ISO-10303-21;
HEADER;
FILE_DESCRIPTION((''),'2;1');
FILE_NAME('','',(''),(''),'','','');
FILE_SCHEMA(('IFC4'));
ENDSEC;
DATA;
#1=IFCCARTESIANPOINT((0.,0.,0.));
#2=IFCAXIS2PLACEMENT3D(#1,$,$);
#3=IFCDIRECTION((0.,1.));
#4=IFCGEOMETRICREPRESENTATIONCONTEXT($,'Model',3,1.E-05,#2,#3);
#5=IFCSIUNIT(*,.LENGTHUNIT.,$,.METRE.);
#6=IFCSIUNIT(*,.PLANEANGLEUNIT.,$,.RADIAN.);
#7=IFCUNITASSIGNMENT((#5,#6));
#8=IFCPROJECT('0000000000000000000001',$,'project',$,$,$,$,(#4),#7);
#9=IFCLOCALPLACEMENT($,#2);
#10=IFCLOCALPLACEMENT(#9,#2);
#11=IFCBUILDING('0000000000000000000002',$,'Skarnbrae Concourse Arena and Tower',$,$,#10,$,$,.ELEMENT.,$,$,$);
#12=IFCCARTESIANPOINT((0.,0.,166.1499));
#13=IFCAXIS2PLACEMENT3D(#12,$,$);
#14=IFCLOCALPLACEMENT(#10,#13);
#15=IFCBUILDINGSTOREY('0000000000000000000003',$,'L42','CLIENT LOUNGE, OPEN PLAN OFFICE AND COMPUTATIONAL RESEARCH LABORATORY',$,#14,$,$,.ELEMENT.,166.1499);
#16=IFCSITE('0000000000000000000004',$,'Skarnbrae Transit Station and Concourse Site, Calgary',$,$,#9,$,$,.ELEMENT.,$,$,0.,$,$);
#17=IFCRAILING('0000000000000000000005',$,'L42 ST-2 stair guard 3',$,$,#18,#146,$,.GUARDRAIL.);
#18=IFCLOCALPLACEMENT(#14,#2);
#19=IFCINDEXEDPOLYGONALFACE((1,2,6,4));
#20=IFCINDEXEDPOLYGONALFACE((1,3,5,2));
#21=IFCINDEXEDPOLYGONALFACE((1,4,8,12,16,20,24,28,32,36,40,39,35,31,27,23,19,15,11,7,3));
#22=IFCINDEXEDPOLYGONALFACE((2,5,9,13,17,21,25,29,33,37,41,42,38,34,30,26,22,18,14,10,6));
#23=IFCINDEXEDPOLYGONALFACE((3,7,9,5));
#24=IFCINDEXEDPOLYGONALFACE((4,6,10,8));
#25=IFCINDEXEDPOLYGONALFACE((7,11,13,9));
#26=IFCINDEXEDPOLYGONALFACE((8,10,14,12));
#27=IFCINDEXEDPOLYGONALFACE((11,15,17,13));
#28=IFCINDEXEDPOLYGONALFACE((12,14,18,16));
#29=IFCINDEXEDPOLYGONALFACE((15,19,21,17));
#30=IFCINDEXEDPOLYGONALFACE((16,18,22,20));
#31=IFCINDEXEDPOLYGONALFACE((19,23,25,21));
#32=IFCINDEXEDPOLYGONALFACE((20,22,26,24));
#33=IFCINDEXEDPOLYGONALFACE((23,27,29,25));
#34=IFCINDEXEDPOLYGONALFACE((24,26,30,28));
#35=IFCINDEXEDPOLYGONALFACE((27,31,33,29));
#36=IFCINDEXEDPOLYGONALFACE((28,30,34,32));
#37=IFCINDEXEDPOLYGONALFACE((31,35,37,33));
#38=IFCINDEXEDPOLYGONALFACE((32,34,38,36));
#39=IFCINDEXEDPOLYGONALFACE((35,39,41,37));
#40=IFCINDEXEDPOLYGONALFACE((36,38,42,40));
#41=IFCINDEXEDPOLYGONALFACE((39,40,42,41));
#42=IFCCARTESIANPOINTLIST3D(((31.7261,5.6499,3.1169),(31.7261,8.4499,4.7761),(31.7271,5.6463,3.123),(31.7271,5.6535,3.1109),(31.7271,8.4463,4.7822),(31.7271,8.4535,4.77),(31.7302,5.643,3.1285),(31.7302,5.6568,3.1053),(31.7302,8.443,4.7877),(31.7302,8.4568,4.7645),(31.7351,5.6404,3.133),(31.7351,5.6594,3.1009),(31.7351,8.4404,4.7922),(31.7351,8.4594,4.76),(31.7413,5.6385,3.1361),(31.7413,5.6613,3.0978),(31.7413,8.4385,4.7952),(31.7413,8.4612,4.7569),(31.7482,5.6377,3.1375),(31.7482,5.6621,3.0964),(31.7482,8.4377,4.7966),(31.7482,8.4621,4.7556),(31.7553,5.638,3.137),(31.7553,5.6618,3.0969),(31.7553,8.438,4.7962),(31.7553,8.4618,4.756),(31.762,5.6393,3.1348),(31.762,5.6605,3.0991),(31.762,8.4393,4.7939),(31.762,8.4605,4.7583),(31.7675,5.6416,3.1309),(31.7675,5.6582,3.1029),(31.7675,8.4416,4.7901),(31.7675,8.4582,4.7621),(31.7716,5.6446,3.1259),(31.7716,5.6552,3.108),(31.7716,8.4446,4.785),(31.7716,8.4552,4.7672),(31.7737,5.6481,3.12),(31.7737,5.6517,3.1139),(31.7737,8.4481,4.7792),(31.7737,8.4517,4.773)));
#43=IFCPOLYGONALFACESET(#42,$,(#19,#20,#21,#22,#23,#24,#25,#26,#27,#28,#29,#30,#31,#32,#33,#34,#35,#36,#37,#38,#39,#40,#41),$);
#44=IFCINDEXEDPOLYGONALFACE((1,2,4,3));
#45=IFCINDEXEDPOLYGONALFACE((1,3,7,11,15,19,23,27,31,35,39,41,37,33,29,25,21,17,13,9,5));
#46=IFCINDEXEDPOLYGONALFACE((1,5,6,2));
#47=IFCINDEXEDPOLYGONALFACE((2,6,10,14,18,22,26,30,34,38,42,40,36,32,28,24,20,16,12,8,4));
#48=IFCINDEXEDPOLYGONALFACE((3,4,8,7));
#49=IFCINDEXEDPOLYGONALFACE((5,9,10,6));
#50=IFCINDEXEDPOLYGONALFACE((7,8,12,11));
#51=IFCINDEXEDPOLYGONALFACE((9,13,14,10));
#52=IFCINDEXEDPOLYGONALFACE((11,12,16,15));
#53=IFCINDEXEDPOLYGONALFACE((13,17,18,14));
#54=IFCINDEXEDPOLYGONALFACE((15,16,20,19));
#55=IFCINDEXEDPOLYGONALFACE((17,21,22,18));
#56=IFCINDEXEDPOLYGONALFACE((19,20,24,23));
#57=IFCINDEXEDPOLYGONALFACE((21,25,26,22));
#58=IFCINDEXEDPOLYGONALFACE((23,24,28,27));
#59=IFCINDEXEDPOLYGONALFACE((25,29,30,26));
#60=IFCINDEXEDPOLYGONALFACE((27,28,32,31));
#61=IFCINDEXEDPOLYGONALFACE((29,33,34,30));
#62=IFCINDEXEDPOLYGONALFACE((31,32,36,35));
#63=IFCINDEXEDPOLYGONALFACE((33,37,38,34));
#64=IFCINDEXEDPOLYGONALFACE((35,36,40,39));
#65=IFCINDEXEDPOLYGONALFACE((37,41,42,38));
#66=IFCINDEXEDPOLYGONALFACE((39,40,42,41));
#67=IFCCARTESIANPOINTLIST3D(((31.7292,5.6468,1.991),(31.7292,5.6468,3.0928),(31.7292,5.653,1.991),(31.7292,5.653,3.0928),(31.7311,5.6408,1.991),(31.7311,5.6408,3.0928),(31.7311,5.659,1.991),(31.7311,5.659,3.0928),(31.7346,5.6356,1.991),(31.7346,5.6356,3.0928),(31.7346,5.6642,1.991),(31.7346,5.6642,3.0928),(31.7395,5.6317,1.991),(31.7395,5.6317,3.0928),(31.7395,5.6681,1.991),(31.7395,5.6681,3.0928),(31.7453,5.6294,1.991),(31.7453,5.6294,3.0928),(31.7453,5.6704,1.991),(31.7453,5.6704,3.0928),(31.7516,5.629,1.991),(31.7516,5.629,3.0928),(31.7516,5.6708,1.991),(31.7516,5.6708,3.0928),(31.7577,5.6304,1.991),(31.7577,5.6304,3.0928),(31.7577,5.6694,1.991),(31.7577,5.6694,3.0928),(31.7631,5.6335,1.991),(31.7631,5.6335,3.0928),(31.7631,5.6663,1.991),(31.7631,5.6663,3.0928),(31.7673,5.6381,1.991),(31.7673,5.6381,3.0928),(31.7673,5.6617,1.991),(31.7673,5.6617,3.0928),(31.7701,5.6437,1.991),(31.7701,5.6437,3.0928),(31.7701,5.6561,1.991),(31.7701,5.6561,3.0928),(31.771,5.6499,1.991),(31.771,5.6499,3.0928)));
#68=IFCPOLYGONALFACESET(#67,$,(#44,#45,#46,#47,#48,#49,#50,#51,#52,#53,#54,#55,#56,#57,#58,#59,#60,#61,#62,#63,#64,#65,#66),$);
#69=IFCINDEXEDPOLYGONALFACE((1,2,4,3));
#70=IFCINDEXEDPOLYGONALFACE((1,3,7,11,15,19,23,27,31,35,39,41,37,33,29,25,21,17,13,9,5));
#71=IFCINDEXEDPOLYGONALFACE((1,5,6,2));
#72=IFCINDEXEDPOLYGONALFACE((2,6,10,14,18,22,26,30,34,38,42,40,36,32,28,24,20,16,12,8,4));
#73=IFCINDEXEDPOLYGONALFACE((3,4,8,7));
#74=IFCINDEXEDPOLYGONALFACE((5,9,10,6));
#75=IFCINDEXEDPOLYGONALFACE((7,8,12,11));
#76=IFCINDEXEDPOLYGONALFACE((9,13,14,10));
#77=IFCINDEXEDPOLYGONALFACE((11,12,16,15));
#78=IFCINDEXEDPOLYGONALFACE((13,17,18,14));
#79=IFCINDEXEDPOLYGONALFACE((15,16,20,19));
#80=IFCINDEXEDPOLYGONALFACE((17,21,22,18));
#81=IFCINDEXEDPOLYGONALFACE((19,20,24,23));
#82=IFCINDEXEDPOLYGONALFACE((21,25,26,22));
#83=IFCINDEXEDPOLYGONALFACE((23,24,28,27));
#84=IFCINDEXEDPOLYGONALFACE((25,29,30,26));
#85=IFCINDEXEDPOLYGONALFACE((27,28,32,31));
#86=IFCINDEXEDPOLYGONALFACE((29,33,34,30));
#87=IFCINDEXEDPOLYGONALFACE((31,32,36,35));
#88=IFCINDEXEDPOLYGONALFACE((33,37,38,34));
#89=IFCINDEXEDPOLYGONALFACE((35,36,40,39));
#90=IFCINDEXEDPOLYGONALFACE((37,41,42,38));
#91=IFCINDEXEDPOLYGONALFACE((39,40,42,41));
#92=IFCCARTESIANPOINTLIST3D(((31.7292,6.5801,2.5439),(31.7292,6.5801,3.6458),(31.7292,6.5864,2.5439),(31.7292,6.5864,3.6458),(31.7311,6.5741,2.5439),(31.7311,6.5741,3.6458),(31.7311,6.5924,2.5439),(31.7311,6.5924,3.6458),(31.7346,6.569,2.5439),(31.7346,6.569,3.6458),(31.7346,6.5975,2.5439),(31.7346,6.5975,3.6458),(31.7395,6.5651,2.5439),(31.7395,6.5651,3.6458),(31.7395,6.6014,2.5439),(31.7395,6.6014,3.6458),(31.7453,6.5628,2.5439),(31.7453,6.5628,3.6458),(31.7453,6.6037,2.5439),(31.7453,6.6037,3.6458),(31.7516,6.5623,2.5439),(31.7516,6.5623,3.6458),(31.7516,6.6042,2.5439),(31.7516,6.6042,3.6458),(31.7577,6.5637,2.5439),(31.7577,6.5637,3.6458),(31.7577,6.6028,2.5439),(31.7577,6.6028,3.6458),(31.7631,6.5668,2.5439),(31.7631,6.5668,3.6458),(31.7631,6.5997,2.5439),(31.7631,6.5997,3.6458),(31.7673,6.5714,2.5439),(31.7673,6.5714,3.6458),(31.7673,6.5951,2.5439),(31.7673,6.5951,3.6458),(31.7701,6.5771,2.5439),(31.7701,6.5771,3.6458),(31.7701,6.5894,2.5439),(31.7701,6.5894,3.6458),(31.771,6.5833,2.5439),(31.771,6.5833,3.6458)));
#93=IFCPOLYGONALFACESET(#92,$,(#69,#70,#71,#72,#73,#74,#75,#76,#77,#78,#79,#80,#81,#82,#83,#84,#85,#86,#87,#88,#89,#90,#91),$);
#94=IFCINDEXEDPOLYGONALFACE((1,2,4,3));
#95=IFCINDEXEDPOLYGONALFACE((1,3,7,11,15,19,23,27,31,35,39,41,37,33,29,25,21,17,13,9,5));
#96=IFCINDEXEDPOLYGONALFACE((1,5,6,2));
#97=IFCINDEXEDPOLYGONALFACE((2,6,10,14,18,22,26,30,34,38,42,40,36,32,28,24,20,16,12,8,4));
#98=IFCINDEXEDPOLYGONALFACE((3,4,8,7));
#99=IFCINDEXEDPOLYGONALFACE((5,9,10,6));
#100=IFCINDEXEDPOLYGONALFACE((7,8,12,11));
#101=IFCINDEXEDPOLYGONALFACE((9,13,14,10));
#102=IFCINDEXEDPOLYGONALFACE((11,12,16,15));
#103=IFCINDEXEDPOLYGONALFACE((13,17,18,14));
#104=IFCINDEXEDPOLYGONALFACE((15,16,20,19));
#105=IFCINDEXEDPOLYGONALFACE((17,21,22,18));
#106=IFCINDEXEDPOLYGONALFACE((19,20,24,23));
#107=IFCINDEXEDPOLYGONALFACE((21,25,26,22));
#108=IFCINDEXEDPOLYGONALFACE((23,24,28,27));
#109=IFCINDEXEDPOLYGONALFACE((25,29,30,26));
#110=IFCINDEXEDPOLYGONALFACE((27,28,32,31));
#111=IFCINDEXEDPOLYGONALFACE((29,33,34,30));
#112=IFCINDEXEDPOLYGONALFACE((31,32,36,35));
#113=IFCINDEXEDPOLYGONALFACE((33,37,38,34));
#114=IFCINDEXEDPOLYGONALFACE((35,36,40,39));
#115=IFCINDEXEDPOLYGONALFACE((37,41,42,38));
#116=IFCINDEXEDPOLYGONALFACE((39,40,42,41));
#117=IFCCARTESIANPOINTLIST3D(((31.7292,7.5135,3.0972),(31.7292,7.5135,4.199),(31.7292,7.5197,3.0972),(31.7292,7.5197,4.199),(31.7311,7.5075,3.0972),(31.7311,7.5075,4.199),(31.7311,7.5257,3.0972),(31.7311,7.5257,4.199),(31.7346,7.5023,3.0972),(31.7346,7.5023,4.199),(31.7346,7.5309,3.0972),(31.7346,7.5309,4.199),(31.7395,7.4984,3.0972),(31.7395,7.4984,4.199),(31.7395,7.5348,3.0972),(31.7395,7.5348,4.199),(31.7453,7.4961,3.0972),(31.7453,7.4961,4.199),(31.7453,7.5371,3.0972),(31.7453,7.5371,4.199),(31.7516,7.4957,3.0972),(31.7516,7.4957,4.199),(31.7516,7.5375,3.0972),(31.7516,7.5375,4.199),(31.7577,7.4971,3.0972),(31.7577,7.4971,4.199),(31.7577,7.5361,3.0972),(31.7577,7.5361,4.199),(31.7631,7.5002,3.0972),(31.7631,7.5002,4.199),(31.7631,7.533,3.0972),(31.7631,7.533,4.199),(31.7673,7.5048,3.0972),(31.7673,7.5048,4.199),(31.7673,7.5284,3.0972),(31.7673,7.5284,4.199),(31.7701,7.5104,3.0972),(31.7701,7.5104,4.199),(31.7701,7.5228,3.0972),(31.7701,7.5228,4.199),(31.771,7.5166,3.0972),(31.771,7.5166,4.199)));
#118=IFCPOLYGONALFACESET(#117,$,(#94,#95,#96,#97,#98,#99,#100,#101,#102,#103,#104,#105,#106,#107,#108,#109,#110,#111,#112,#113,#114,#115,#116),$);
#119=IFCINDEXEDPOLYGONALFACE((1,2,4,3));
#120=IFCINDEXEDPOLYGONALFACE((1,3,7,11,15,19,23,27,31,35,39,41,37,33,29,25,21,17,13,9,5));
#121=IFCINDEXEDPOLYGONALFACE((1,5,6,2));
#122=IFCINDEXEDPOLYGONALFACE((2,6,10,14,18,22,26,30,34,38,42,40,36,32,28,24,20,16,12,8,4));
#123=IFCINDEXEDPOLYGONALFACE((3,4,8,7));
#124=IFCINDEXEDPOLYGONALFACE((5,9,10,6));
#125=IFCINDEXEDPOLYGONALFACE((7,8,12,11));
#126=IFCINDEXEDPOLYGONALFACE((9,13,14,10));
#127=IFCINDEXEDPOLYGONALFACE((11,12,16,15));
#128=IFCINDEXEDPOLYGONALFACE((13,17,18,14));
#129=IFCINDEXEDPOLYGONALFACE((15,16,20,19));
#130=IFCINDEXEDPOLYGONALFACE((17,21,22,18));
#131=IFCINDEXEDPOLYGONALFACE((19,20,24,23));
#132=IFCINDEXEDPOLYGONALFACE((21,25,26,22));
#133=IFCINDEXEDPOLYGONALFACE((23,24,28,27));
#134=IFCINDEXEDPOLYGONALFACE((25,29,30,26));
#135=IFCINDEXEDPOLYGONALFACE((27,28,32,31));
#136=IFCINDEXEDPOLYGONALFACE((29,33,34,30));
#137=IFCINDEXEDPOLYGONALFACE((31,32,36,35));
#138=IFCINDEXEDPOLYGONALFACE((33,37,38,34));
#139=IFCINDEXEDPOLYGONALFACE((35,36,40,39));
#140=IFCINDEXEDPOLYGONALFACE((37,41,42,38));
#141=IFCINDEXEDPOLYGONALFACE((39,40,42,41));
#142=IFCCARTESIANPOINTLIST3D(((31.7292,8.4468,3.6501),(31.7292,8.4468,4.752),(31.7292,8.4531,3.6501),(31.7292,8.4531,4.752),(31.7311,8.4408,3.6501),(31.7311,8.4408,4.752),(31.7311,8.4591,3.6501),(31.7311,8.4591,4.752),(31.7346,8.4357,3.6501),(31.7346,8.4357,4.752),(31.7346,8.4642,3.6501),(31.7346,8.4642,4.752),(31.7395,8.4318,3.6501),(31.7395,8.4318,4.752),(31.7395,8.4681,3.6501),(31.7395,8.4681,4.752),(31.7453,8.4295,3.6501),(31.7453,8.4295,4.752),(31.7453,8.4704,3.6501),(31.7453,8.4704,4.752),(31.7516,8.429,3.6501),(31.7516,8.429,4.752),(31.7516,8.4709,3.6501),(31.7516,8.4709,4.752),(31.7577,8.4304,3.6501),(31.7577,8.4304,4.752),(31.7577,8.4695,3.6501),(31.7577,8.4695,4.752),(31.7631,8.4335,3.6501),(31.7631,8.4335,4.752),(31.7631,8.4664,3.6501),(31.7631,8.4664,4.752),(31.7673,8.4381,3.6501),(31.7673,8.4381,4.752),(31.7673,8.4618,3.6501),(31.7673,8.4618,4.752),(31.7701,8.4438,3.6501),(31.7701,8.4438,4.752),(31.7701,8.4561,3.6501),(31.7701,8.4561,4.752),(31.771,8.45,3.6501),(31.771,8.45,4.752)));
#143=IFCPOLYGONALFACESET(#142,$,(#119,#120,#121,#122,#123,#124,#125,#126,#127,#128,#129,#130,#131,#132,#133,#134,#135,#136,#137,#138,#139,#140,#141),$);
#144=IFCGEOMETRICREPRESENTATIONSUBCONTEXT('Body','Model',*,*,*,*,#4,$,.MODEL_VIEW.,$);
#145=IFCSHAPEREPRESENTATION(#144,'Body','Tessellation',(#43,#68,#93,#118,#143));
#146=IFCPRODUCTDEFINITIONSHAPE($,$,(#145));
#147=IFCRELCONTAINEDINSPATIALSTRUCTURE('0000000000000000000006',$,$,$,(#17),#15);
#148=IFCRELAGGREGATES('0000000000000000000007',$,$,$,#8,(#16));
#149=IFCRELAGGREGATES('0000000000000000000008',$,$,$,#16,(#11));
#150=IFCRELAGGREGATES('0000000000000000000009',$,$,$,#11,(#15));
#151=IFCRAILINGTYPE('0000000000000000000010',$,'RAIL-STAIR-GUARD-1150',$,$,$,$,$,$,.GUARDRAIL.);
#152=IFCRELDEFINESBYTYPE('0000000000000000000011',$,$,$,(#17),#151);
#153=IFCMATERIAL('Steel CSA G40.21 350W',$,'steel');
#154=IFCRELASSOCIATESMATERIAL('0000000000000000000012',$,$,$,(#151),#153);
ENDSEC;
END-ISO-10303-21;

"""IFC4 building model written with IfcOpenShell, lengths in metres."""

from ifc_helpers import new_model, si_unit, direction, frame, origin, origin_2d, place, context, subcontext, project, spatial, circle, extrude, material, type_object, element, save


model = new_model("IFC4")

# Units and contexts
model_context = context("Model", 3, precision=1e-05, world=origin(), true_north=direction((0.0, 1.0)))
body_context = subcontext(model_context, "Body", "Model", "MODEL_VIEW")
ifc_project = project(units=[si_unit("LENGTHUNIT", "METRE"), si_unit("PLANEANGLEUNIT", "RADIAN")], contexts=[model_context])

# Site, building, storey
site_placement = place(None, origin())
site = spatial("IfcSite", under=ifc_project, at=site_placement, Name="Skarnbrae Transit Station and Concourse Site, Calgary", CompositionType="ELEMENT", RefElevation=0.0)
building_placement = place(site_placement, origin())
building = spatial("IfcBuilding", under=site, at=building_placement, Name="Skarnbrae Concourse Arena and Tower", CompositionType="ELEMENT")
storey_placement = place(building_placement, frame((0.0, 0.0, 166.1499)))
storey = spatial("IfcBuildingStorey", under=building, at=storey_placement, Name="L42", Description="CLIENT LOUNGE, OPEN PLAN OFFICE AND COMPUTATIONAL RESEARCH LABORATORY", CompositionType="ELEMENT", Elevation=166.1499)

# Shared definitions
ifc_material_1 = material(Name="Steel CSA G40.21 350W", Category="steel")

# Railing
railing_type_1 = type_object("IfcRailingType", Name="RAIL-STAIR-GUARD-1150", PredefinedType="GUARDRAIL", material=ifc_material_1)
railing_1_placement = place(storey_placement, frame((31.75, 5.6499, 1.991)))
element("IfcRailing", 1, at=railing_1_placement, inside=storey, type_object=railing_type_1, Name="L42 ST-2 stair guard 3", PredefinedType="GUARDRAIL", context=body_context, shape_type="SweptSolid", body=[
    extrude(circle(Radius=0.0239, at=origin_2d()), frame((0.0, 0.0, 1.126), z_axis=(0.0, 0.860306, 0.509778), x_axis=(-1.0, 0.0, 0.0)), (0.0, 0.0, 1.0), 3.2546),
    extrude(circle(Radius=0.021, at=origin_2d()), origin(), (0.0, 0.0, 1.0), 1.1018),
    extrude(circle(Radius=0.021, at=origin_2d()), frame((0.0, 0.9333, 0.553)), (0.0, 0.0, 1.0), 1.1018),
    extrude(circle(Radius=0.021, at=origin_2d()), frame((0.0, 1.8667, 1.1062)), (0.0, 0.0, 1.0), 1.1018),
    extrude(circle(Radius=0.021, at=origin_2d()), frame((0.0, 2.8, 1.6592)), (0.0, 0.0, 1.0), 1.1018),
])

save(model, "model.ifc")
